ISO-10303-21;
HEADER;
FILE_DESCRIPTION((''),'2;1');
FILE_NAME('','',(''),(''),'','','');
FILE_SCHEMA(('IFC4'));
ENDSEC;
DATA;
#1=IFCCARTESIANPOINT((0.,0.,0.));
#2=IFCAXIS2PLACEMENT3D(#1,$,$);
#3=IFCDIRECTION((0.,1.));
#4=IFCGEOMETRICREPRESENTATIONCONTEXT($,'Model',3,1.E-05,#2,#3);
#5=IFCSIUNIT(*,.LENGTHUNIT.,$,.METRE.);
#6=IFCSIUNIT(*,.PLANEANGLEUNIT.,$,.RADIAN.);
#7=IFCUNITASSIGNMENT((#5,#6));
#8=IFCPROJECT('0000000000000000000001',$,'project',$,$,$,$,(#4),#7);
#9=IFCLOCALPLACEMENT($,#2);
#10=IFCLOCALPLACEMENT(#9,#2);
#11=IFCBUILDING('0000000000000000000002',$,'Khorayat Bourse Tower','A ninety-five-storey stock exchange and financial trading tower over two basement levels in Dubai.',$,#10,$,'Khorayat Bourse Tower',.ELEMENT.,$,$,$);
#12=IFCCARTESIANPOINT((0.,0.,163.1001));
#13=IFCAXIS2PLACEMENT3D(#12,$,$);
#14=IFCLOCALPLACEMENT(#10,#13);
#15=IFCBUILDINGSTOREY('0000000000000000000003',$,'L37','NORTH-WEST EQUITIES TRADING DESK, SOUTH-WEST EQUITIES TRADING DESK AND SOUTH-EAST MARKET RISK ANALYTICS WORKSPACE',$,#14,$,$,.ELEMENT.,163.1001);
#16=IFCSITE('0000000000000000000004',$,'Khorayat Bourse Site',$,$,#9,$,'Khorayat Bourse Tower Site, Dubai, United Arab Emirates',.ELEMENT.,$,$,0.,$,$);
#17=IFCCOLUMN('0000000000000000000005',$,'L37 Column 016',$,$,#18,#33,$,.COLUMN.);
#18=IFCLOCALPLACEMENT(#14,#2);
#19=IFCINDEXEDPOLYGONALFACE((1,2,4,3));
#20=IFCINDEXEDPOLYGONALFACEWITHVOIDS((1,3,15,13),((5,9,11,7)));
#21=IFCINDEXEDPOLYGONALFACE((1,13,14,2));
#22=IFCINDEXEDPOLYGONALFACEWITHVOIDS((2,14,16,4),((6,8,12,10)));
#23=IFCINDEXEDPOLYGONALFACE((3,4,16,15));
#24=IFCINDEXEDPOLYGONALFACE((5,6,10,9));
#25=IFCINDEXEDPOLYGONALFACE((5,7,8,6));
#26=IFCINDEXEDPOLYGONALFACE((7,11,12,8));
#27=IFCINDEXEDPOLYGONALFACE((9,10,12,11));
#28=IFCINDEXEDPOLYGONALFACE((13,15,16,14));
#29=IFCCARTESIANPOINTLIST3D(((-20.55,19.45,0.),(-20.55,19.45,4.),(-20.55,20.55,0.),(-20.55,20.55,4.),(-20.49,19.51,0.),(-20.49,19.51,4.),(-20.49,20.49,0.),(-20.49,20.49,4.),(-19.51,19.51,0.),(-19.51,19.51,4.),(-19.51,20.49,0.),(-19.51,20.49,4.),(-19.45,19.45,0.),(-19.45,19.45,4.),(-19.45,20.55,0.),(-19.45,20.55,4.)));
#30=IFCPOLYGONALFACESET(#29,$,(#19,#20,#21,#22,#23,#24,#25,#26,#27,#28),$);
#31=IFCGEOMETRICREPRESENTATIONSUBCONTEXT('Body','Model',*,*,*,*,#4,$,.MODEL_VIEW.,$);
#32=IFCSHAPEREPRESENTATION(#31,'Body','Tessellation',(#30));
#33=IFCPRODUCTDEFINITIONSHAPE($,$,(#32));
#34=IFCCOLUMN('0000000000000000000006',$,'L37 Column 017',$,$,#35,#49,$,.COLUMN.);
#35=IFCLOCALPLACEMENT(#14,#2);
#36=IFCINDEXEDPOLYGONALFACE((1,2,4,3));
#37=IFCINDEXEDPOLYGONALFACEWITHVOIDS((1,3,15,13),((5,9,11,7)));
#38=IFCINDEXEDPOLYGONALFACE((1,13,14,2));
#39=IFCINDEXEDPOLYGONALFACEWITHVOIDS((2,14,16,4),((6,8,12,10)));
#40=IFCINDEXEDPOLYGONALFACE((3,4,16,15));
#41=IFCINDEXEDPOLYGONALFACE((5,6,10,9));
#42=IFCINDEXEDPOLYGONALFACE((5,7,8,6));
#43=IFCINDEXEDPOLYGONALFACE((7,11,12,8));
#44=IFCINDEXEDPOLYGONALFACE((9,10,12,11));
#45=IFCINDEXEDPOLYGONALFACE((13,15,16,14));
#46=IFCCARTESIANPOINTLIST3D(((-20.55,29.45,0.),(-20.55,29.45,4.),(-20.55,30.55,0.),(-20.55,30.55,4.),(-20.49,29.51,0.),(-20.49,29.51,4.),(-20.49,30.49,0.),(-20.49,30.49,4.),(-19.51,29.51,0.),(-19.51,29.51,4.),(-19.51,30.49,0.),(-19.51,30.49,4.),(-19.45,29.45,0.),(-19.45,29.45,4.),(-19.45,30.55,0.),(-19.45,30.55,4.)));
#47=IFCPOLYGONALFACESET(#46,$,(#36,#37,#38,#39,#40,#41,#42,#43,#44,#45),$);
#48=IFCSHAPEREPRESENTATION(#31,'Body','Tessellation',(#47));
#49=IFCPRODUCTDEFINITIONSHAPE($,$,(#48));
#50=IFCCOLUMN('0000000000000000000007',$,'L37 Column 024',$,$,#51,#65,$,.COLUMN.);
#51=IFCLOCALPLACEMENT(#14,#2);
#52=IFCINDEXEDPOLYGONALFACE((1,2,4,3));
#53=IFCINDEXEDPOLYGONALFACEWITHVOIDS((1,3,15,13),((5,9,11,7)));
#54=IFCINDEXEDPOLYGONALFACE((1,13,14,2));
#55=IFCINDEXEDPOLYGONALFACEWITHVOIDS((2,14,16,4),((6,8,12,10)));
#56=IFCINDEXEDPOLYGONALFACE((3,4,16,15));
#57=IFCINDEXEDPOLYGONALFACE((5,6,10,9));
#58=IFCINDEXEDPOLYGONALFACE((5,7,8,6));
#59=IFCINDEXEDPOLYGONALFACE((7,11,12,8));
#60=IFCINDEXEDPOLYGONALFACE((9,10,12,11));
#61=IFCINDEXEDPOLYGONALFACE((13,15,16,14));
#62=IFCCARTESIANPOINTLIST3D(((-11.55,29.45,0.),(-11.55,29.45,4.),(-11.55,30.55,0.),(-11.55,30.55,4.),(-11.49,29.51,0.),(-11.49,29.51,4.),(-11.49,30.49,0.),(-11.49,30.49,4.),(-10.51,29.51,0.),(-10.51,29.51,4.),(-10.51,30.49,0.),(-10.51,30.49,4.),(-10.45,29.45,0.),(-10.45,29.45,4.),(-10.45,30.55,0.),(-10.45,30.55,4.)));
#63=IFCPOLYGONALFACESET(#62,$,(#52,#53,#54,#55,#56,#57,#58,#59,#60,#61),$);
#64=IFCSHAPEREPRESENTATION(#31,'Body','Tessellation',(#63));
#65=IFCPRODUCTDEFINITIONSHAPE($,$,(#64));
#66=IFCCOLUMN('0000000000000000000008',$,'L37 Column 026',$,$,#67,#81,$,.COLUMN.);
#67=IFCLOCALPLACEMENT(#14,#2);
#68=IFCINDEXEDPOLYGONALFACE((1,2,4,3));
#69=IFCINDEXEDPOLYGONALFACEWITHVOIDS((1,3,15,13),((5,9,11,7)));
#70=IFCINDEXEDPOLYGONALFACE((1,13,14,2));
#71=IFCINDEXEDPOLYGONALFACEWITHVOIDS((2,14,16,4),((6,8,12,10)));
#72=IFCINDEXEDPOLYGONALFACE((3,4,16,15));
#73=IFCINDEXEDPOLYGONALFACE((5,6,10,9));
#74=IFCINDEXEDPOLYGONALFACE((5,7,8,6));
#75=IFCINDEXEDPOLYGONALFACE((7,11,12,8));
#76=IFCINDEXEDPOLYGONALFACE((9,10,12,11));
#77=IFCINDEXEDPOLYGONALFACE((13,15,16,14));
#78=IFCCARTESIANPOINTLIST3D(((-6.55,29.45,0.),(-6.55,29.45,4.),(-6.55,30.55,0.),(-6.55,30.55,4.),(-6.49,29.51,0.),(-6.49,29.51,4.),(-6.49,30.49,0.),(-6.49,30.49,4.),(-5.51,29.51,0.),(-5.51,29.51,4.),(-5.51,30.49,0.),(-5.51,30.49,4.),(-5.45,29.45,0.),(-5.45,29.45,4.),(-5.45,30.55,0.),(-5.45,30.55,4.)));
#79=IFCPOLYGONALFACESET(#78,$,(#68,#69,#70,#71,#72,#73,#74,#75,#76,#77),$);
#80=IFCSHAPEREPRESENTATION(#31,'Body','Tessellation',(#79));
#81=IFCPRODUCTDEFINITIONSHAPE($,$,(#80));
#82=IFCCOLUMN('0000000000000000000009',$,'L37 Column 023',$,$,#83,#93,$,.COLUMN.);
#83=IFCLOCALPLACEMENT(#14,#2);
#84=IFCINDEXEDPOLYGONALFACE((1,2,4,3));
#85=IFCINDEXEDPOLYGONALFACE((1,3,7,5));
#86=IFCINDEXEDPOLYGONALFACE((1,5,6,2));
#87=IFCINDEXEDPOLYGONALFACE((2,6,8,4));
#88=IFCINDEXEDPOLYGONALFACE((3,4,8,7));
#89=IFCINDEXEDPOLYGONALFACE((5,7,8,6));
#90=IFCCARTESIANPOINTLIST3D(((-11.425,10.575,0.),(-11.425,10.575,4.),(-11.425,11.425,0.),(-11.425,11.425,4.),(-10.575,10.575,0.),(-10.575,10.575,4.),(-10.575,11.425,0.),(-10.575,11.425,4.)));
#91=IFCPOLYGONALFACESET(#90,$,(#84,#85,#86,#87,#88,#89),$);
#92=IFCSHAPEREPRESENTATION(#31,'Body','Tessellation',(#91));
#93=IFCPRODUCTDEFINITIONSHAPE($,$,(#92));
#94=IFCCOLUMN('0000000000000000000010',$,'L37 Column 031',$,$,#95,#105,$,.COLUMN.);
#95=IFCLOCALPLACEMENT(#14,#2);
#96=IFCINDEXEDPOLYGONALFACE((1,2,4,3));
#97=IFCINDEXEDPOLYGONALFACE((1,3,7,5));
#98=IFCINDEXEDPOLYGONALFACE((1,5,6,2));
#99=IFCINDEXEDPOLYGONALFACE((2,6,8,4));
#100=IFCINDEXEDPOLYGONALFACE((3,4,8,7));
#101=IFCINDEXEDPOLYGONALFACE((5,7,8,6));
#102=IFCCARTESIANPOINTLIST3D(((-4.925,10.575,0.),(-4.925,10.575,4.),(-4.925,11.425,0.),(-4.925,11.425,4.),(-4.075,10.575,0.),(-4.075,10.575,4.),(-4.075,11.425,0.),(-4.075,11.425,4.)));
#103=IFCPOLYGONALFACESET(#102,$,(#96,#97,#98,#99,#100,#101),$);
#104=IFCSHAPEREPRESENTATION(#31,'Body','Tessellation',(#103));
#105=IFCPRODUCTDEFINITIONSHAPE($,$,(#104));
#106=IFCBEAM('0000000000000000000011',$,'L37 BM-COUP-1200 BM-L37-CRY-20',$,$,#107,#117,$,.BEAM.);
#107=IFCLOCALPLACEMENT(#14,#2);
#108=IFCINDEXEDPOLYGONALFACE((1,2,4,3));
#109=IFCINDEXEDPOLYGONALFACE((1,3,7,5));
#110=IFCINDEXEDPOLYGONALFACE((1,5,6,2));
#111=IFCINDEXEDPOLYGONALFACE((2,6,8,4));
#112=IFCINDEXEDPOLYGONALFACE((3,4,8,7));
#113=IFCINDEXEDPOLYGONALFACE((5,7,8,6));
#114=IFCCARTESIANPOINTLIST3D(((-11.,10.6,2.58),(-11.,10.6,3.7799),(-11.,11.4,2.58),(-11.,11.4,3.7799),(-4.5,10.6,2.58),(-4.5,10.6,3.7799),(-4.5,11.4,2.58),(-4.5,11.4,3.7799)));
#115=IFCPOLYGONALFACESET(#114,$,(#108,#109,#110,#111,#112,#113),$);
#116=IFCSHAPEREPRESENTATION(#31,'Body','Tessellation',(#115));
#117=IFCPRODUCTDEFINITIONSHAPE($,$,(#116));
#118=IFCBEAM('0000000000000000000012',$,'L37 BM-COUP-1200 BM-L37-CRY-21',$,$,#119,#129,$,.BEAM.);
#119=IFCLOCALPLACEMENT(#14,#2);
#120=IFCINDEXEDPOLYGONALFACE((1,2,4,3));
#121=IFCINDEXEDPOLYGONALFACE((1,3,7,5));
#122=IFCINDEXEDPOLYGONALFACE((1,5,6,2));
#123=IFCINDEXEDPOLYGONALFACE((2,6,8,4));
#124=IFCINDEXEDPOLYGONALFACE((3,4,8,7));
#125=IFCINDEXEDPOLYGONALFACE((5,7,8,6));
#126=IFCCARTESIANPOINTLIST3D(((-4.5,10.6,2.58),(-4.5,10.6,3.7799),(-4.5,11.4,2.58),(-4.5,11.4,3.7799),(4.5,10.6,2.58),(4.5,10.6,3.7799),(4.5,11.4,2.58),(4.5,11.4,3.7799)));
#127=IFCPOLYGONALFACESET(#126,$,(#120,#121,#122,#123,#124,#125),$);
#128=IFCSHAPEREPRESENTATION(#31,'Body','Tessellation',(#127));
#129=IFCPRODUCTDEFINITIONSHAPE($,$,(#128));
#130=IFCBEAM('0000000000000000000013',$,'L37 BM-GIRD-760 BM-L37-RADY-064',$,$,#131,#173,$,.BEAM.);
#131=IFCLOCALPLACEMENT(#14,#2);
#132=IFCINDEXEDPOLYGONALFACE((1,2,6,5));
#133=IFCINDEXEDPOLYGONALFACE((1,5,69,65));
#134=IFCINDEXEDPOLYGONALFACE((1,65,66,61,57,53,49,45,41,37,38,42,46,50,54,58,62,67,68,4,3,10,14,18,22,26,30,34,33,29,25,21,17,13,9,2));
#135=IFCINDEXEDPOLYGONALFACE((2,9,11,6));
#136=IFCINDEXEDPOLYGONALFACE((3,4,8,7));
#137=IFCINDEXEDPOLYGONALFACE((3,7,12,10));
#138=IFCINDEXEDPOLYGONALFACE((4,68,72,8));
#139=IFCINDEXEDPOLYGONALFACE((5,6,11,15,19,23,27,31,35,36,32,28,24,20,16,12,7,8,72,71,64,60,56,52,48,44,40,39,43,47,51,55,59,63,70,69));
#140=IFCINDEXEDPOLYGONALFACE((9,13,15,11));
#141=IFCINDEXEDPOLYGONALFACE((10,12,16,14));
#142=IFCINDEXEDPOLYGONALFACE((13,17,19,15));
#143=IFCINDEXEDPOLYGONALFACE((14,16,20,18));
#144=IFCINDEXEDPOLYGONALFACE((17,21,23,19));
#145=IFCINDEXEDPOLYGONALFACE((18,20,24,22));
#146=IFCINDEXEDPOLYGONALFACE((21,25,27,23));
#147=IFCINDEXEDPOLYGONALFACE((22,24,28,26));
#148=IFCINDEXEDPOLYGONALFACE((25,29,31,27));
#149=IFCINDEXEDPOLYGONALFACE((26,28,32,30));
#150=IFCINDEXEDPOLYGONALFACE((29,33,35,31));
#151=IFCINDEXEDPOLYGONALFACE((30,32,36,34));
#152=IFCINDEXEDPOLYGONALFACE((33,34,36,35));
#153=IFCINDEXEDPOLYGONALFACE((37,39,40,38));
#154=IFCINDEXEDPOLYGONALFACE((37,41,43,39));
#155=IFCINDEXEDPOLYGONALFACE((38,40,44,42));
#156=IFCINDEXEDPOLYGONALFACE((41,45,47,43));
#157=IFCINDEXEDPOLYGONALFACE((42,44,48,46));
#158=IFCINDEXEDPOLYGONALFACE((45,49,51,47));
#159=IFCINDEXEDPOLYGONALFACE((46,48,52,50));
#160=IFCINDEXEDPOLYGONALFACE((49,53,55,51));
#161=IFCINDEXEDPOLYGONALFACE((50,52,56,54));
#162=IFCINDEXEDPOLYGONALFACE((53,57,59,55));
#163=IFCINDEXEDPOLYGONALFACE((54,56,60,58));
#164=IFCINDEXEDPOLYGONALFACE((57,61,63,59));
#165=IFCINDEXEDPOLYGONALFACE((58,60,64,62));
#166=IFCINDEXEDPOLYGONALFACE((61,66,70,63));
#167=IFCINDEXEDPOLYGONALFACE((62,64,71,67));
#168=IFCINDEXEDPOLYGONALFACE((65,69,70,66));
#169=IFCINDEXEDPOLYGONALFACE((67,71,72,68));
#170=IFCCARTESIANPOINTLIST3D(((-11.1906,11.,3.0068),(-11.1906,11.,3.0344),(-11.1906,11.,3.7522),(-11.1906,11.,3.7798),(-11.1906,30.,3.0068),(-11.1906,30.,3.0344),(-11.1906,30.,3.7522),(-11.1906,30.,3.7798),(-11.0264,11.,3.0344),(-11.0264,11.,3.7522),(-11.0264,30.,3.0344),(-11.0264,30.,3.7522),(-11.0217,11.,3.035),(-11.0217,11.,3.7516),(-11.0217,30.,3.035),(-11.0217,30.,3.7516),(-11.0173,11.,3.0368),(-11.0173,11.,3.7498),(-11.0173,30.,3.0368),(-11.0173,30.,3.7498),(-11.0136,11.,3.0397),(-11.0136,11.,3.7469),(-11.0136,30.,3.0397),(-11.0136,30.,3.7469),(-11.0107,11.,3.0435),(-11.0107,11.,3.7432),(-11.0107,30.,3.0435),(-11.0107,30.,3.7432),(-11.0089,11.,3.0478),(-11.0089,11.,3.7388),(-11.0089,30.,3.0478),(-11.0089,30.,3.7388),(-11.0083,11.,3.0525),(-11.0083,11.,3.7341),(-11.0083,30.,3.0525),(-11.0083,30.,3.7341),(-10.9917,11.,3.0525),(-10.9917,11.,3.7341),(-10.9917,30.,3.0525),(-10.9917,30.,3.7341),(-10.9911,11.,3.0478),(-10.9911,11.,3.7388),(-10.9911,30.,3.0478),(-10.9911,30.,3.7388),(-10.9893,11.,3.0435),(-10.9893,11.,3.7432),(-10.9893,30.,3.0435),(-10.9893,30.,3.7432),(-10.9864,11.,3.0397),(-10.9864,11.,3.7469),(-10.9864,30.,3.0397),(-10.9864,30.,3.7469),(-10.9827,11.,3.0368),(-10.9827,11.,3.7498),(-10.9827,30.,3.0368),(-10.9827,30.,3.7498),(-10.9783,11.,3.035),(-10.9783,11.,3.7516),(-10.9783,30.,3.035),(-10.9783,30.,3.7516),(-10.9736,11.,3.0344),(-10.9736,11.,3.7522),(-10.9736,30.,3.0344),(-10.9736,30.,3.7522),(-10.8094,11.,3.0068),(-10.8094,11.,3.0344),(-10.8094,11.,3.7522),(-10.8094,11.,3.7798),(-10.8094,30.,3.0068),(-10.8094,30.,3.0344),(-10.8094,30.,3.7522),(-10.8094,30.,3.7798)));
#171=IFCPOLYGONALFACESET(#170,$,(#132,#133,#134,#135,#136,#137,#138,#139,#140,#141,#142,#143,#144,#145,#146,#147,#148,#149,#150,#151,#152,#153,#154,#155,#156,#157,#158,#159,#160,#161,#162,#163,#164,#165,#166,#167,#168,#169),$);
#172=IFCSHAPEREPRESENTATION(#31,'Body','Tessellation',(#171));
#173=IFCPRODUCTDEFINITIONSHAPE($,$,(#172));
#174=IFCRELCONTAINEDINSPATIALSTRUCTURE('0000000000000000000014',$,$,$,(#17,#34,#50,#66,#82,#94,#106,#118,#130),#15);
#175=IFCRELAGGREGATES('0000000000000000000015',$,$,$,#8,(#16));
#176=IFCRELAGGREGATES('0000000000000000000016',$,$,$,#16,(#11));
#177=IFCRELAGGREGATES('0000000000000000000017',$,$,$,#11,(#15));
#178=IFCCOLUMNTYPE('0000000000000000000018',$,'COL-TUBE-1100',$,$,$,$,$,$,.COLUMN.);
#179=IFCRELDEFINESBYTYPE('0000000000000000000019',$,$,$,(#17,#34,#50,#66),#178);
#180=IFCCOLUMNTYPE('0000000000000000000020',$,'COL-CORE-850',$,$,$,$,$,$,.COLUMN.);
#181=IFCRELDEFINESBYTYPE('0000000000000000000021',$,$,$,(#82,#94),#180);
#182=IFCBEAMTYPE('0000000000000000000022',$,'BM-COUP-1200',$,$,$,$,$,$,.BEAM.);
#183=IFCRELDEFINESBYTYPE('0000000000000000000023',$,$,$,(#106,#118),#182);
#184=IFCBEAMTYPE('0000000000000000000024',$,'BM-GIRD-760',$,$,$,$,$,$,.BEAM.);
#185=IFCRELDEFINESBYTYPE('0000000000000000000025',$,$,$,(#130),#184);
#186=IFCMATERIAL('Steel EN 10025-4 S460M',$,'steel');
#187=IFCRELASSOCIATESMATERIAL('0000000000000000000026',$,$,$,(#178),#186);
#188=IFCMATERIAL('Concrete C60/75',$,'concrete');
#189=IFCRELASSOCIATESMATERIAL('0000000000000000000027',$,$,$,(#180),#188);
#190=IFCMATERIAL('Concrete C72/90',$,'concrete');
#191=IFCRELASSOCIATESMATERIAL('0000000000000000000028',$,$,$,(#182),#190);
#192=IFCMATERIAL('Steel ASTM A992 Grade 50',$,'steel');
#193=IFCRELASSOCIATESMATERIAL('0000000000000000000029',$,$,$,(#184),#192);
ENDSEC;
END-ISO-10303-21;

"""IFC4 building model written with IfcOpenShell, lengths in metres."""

from ifc_helpers import new_model, si_unit, direction, frame, origin, origin_2d, place, context, subcontext, project, spatial, rectangle, hollow_rectangle, i_section, extrude, source, transform, mapped, material, material_profile, profile_set, type_object, element, save


model = new_model("IFC4")

# Units and contexts
model_context = context("Model", 3, precision=1e-05, world=origin(), true_north=direction((0.0, 1.0)))
body_context = subcontext(model_context, "Body", "Model", "MODEL_VIEW")
ifc_project = project(units=[si_unit("LENGTHUNIT", "METRE"), si_unit("PLANEANGLEUNIT", "RADIAN")], contexts=[model_context])

# Site, building, storey
site_placement = place(None, origin())
site = spatial("IfcSite", under=ifc_project, at=site_placement, Name="Khorayat Bourse Site", LongName="Khorayat Bourse Tower Site, Dubai, United Arab Emirates", CompositionType="ELEMENT", RefElevation=0.0)
building_placement = place(site_placement, origin())
building = spatial("IfcBuilding", under=site, at=building_placement, Name="Khorayat Bourse Tower", Description="A ninety-five-storey stock exchange and financial trading tower over two basement levels in Dubai.", LongName="Khorayat Bourse Tower", CompositionType="ELEMENT")
storey_placement = place(building_placement, frame((0.0, 0.0, 163.1001)))
storey = spatial("IfcBuildingStorey", under=building, at=storey_placement, Name="L37", Description="NORTH-WEST EQUITIES TRADING DESK, SOUTH-WEST EQUITIES TRADING DESK AND SOUTH-EAST MARKET RISK ANALYTICS WORKSPACE", CompositionType="ELEMENT", Elevation=163.1001)

# Columns
ifc_material_1 = material(Name="Steel EN 10025-4 S460M", Category="steel")
ifc_material_profile_1 = material_profile(ifc_material_1, hollow_rectangle(XDim=1.1001, YDim=1.1001, WallThickness=0.0601, at=origin_2d()), Name="BOX 1100x1100x60")
ifc_profile_set_1 = profile_set([ifc_material_profile_1], Name="Steel EN 10025-4 S460M")
column_type_1 = type_object("IfcColumnType", Name="COL-TUBE-1100", PredefinedType="COLUMN", material=ifc_profile_set_1)
shared_shape_1 = source(origin(), body_context, "Body", "SweptSolid", [
    extrude(hollow_rectangle(XDim=1.1001, YDim=1.1001, WallThickness=0.0601, at=origin_2d()), origin(), (0.0, 0.0, 1.0), 4.0),
])
for number, where, z_axis, x_axis, name in (
    (1, (-20.0, 20.0, 0.0), (0.0, 0.0, 1.0), (1.0, 0.0, 0.0), "L37 Column 016"),
    (2, (-20.0, 30.0, 0.0), (0.0, 0.0, 1.0), (1.0, 0.0, 0.0), "L37 Column 017"),
    (3, (-11.0, 30.0, 0.0), (0.0, 0.0, 1.0), (1.0, 0.0, 0.0), "L37 Column 024"),
    (4, (-6.0, 30.0, 0.0), (0.0, 0.0, 1.0), (1.0, 0.0, 0.0), "L37 Column 026"),
):
    element("IfcColumn", number, at=place(storey_placement, frame(where, z_axis=z_axis, x_axis=x_axis)), inside=storey, type_object=column_type_1, Name=name, PredefinedType="COLUMN", context=body_context, shape_type="MappedRepresentation", body=[
        mapped(shared_shape_1, transform((0.0, 0.0, 0.0), scale=1.0)),
    ])
ifc_material_2 = material(Name="Concrete C60/75", Category="concrete")
ifc_material_profile_2 = material_profile(ifc_material_2, rectangle(XDim=0.8501, YDim=0.8501, at=origin_2d()), Name="RC 850x850")
ifc_profile_set_2 = profile_set([ifc_material_profile_2], Name="Concrete C60/75")
column_type_2 = type_object("IfcColumnType", Name="COL-CORE-850", PredefinedType="COLUMN", material=ifc_profile_set_2)
shared_shape_2 = source(origin(), body_context, "Body", "SweptSolid", [
    extrude(rectangle(XDim=0.8501, YDim=0.8501, at=origin_2d()), origin(), (0.0, 0.0, 1.0), 4.0),
])
for number, where, z_axis, x_axis, name in (
    (5, (-11.0, 11.0, 0.0), (0.0, 0.0, 1.0), (1.0, 0.0, 0.0), "L37 Column 023"),
    (6, (-4.5, 11.0, 0.0), (0.0, 0.0, 1.0), (1.0, 0.0, 0.0), "L37 Column 031"),
):
    element("IfcColumn", number, at=place(storey_placement, frame(where, z_axis=z_axis, x_axis=x_axis)), inside=storey, type_object=column_type_2, Name=name, PredefinedType="COLUMN", context=body_context, shape_type="MappedRepresentation", body=[
        mapped(shared_shape_2, transform((0.0, 0.0, 0.0), scale=1.0)),
    ])

# Beams
ifc_material_3 = material(Name="Concrete C72/90", Category="concrete")
ifc_material_profile_3 = material_profile(ifc_material_3, rectangle(XDim=0.8, YDim=1.2, at=origin_2d()), Name="RC 800x1200")
ifc_profile_set_3 = profile_set([ifc_material_profile_3], Name="Concrete C72/90")
beam_type_1 = type_object("IfcBeamType", Name="BM-COUP-1200", PredefinedType="BEAM", material=ifc_profile_set_3)
shared_shape_3 = source(origin(), body_context, "Body", "SweptSolid", [
    extrude(rectangle(XDim=0.8, YDim=1.2, at=origin_2d()), origin(), (0.0, 0.0, 1.0), 6.5),
])
beam_1_placement = place(storey_placement, frame((-11.0, 11.0, 3.1799), z_axis=(1.0, 0.0, 0.0), x_axis=(0.0, 1.0, 0.0)))
element("IfcBeam", 7, at=beam_1_placement, inside=storey, type_object=beam_type_1, Name="L37 BM-COUP-1200 BM-L37-CRY-20", PredefinedType="BEAM", context=body_context, shape_type="MappedRepresentation", body=[
    mapped(shared_shape_3, transform((0.0, 0.0, 0.0), scale=1.0)),
])
shared_shape_4 = source(origin(), body_context, "Body", "SweptSolid", [
    extrude(rectangle(XDim=0.8, YDim=1.2, at=origin_2d()), origin(), (0.0, 0.0, 1.0), 9.0),
])
beam_2_placement = place(storey_placement, frame((-4.5, 11.0, 3.1799), z_axis=(1.0, 0.0, 0.0), x_axis=(0.0, 1.0, 0.0)))
element("IfcBeam", 8, at=beam_2_placement, inside=storey, type_object=beam_type_1, Name="L37 BM-COUP-1200 BM-L37-CRY-21", PredefinedType="BEAM", context=body_context, shape_type="MappedRepresentation", body=[
    mapped(shared_shape_4, transform((0.0, 0.0, 0.0), scale=1.0)),
])
ifc_material_4 = material(Name="Steel ASTM A992 Grade 50", Category="steel")
ifc_material_profile_4 = material_profile(ifc_material_4, i_section(OverallWidth=0.3811, OverallDepth=0.7729, WebThickness=0.0166, FlangeThickness=0.0276, FilletRadius=0.0181, at=origin_2d()), Name="W760X257")
ifc_profile_set_4 = profile_set([ifc_material_profile_4], Name="Steel ASTM A992 Grade 50")
beam_type_2 = type_object("IfcBeamType", Name="BM-GIRD-760", PredefinedType="BEAM", material=ifc_profile_set_4)
shared_shape_5 = source(origin(), body_context, "Body", "SweptSolid", [
    extrude(i_section(OverallWidth=0.3811, OverallDepth=0.7729, WebThickness=0.0166, FlangeThickness=0.0276, FilletRadius=0.0181, at=origin_2d()), origin(), (0.0, 0.0, 1.0), 19.0),
])
for number, where, z_axis, x_axis, name in (
    (9, (-11.0, 11.0, 3.3933), (0.0, 1.0, 0.0), (-1.0, 0.0, 0.0), "L37 BM-GIRD-760 BM-L37-RADY-064"),
):
    element("IfcBeam", number, at=place(storey_placement, frame(where, z_axis=z_axis, x_axis=x_axis)), inside=storey, type_object=beam_type_2, Name=name, PredefinedType="BEAM", context=body_context, shape_type="MappedRepresentation", body=[
        mapped(shared_shape_5, transform((0.0, 0.0, 0.0), scale=1.0)),
    ])

save(model, "model.ifc")
